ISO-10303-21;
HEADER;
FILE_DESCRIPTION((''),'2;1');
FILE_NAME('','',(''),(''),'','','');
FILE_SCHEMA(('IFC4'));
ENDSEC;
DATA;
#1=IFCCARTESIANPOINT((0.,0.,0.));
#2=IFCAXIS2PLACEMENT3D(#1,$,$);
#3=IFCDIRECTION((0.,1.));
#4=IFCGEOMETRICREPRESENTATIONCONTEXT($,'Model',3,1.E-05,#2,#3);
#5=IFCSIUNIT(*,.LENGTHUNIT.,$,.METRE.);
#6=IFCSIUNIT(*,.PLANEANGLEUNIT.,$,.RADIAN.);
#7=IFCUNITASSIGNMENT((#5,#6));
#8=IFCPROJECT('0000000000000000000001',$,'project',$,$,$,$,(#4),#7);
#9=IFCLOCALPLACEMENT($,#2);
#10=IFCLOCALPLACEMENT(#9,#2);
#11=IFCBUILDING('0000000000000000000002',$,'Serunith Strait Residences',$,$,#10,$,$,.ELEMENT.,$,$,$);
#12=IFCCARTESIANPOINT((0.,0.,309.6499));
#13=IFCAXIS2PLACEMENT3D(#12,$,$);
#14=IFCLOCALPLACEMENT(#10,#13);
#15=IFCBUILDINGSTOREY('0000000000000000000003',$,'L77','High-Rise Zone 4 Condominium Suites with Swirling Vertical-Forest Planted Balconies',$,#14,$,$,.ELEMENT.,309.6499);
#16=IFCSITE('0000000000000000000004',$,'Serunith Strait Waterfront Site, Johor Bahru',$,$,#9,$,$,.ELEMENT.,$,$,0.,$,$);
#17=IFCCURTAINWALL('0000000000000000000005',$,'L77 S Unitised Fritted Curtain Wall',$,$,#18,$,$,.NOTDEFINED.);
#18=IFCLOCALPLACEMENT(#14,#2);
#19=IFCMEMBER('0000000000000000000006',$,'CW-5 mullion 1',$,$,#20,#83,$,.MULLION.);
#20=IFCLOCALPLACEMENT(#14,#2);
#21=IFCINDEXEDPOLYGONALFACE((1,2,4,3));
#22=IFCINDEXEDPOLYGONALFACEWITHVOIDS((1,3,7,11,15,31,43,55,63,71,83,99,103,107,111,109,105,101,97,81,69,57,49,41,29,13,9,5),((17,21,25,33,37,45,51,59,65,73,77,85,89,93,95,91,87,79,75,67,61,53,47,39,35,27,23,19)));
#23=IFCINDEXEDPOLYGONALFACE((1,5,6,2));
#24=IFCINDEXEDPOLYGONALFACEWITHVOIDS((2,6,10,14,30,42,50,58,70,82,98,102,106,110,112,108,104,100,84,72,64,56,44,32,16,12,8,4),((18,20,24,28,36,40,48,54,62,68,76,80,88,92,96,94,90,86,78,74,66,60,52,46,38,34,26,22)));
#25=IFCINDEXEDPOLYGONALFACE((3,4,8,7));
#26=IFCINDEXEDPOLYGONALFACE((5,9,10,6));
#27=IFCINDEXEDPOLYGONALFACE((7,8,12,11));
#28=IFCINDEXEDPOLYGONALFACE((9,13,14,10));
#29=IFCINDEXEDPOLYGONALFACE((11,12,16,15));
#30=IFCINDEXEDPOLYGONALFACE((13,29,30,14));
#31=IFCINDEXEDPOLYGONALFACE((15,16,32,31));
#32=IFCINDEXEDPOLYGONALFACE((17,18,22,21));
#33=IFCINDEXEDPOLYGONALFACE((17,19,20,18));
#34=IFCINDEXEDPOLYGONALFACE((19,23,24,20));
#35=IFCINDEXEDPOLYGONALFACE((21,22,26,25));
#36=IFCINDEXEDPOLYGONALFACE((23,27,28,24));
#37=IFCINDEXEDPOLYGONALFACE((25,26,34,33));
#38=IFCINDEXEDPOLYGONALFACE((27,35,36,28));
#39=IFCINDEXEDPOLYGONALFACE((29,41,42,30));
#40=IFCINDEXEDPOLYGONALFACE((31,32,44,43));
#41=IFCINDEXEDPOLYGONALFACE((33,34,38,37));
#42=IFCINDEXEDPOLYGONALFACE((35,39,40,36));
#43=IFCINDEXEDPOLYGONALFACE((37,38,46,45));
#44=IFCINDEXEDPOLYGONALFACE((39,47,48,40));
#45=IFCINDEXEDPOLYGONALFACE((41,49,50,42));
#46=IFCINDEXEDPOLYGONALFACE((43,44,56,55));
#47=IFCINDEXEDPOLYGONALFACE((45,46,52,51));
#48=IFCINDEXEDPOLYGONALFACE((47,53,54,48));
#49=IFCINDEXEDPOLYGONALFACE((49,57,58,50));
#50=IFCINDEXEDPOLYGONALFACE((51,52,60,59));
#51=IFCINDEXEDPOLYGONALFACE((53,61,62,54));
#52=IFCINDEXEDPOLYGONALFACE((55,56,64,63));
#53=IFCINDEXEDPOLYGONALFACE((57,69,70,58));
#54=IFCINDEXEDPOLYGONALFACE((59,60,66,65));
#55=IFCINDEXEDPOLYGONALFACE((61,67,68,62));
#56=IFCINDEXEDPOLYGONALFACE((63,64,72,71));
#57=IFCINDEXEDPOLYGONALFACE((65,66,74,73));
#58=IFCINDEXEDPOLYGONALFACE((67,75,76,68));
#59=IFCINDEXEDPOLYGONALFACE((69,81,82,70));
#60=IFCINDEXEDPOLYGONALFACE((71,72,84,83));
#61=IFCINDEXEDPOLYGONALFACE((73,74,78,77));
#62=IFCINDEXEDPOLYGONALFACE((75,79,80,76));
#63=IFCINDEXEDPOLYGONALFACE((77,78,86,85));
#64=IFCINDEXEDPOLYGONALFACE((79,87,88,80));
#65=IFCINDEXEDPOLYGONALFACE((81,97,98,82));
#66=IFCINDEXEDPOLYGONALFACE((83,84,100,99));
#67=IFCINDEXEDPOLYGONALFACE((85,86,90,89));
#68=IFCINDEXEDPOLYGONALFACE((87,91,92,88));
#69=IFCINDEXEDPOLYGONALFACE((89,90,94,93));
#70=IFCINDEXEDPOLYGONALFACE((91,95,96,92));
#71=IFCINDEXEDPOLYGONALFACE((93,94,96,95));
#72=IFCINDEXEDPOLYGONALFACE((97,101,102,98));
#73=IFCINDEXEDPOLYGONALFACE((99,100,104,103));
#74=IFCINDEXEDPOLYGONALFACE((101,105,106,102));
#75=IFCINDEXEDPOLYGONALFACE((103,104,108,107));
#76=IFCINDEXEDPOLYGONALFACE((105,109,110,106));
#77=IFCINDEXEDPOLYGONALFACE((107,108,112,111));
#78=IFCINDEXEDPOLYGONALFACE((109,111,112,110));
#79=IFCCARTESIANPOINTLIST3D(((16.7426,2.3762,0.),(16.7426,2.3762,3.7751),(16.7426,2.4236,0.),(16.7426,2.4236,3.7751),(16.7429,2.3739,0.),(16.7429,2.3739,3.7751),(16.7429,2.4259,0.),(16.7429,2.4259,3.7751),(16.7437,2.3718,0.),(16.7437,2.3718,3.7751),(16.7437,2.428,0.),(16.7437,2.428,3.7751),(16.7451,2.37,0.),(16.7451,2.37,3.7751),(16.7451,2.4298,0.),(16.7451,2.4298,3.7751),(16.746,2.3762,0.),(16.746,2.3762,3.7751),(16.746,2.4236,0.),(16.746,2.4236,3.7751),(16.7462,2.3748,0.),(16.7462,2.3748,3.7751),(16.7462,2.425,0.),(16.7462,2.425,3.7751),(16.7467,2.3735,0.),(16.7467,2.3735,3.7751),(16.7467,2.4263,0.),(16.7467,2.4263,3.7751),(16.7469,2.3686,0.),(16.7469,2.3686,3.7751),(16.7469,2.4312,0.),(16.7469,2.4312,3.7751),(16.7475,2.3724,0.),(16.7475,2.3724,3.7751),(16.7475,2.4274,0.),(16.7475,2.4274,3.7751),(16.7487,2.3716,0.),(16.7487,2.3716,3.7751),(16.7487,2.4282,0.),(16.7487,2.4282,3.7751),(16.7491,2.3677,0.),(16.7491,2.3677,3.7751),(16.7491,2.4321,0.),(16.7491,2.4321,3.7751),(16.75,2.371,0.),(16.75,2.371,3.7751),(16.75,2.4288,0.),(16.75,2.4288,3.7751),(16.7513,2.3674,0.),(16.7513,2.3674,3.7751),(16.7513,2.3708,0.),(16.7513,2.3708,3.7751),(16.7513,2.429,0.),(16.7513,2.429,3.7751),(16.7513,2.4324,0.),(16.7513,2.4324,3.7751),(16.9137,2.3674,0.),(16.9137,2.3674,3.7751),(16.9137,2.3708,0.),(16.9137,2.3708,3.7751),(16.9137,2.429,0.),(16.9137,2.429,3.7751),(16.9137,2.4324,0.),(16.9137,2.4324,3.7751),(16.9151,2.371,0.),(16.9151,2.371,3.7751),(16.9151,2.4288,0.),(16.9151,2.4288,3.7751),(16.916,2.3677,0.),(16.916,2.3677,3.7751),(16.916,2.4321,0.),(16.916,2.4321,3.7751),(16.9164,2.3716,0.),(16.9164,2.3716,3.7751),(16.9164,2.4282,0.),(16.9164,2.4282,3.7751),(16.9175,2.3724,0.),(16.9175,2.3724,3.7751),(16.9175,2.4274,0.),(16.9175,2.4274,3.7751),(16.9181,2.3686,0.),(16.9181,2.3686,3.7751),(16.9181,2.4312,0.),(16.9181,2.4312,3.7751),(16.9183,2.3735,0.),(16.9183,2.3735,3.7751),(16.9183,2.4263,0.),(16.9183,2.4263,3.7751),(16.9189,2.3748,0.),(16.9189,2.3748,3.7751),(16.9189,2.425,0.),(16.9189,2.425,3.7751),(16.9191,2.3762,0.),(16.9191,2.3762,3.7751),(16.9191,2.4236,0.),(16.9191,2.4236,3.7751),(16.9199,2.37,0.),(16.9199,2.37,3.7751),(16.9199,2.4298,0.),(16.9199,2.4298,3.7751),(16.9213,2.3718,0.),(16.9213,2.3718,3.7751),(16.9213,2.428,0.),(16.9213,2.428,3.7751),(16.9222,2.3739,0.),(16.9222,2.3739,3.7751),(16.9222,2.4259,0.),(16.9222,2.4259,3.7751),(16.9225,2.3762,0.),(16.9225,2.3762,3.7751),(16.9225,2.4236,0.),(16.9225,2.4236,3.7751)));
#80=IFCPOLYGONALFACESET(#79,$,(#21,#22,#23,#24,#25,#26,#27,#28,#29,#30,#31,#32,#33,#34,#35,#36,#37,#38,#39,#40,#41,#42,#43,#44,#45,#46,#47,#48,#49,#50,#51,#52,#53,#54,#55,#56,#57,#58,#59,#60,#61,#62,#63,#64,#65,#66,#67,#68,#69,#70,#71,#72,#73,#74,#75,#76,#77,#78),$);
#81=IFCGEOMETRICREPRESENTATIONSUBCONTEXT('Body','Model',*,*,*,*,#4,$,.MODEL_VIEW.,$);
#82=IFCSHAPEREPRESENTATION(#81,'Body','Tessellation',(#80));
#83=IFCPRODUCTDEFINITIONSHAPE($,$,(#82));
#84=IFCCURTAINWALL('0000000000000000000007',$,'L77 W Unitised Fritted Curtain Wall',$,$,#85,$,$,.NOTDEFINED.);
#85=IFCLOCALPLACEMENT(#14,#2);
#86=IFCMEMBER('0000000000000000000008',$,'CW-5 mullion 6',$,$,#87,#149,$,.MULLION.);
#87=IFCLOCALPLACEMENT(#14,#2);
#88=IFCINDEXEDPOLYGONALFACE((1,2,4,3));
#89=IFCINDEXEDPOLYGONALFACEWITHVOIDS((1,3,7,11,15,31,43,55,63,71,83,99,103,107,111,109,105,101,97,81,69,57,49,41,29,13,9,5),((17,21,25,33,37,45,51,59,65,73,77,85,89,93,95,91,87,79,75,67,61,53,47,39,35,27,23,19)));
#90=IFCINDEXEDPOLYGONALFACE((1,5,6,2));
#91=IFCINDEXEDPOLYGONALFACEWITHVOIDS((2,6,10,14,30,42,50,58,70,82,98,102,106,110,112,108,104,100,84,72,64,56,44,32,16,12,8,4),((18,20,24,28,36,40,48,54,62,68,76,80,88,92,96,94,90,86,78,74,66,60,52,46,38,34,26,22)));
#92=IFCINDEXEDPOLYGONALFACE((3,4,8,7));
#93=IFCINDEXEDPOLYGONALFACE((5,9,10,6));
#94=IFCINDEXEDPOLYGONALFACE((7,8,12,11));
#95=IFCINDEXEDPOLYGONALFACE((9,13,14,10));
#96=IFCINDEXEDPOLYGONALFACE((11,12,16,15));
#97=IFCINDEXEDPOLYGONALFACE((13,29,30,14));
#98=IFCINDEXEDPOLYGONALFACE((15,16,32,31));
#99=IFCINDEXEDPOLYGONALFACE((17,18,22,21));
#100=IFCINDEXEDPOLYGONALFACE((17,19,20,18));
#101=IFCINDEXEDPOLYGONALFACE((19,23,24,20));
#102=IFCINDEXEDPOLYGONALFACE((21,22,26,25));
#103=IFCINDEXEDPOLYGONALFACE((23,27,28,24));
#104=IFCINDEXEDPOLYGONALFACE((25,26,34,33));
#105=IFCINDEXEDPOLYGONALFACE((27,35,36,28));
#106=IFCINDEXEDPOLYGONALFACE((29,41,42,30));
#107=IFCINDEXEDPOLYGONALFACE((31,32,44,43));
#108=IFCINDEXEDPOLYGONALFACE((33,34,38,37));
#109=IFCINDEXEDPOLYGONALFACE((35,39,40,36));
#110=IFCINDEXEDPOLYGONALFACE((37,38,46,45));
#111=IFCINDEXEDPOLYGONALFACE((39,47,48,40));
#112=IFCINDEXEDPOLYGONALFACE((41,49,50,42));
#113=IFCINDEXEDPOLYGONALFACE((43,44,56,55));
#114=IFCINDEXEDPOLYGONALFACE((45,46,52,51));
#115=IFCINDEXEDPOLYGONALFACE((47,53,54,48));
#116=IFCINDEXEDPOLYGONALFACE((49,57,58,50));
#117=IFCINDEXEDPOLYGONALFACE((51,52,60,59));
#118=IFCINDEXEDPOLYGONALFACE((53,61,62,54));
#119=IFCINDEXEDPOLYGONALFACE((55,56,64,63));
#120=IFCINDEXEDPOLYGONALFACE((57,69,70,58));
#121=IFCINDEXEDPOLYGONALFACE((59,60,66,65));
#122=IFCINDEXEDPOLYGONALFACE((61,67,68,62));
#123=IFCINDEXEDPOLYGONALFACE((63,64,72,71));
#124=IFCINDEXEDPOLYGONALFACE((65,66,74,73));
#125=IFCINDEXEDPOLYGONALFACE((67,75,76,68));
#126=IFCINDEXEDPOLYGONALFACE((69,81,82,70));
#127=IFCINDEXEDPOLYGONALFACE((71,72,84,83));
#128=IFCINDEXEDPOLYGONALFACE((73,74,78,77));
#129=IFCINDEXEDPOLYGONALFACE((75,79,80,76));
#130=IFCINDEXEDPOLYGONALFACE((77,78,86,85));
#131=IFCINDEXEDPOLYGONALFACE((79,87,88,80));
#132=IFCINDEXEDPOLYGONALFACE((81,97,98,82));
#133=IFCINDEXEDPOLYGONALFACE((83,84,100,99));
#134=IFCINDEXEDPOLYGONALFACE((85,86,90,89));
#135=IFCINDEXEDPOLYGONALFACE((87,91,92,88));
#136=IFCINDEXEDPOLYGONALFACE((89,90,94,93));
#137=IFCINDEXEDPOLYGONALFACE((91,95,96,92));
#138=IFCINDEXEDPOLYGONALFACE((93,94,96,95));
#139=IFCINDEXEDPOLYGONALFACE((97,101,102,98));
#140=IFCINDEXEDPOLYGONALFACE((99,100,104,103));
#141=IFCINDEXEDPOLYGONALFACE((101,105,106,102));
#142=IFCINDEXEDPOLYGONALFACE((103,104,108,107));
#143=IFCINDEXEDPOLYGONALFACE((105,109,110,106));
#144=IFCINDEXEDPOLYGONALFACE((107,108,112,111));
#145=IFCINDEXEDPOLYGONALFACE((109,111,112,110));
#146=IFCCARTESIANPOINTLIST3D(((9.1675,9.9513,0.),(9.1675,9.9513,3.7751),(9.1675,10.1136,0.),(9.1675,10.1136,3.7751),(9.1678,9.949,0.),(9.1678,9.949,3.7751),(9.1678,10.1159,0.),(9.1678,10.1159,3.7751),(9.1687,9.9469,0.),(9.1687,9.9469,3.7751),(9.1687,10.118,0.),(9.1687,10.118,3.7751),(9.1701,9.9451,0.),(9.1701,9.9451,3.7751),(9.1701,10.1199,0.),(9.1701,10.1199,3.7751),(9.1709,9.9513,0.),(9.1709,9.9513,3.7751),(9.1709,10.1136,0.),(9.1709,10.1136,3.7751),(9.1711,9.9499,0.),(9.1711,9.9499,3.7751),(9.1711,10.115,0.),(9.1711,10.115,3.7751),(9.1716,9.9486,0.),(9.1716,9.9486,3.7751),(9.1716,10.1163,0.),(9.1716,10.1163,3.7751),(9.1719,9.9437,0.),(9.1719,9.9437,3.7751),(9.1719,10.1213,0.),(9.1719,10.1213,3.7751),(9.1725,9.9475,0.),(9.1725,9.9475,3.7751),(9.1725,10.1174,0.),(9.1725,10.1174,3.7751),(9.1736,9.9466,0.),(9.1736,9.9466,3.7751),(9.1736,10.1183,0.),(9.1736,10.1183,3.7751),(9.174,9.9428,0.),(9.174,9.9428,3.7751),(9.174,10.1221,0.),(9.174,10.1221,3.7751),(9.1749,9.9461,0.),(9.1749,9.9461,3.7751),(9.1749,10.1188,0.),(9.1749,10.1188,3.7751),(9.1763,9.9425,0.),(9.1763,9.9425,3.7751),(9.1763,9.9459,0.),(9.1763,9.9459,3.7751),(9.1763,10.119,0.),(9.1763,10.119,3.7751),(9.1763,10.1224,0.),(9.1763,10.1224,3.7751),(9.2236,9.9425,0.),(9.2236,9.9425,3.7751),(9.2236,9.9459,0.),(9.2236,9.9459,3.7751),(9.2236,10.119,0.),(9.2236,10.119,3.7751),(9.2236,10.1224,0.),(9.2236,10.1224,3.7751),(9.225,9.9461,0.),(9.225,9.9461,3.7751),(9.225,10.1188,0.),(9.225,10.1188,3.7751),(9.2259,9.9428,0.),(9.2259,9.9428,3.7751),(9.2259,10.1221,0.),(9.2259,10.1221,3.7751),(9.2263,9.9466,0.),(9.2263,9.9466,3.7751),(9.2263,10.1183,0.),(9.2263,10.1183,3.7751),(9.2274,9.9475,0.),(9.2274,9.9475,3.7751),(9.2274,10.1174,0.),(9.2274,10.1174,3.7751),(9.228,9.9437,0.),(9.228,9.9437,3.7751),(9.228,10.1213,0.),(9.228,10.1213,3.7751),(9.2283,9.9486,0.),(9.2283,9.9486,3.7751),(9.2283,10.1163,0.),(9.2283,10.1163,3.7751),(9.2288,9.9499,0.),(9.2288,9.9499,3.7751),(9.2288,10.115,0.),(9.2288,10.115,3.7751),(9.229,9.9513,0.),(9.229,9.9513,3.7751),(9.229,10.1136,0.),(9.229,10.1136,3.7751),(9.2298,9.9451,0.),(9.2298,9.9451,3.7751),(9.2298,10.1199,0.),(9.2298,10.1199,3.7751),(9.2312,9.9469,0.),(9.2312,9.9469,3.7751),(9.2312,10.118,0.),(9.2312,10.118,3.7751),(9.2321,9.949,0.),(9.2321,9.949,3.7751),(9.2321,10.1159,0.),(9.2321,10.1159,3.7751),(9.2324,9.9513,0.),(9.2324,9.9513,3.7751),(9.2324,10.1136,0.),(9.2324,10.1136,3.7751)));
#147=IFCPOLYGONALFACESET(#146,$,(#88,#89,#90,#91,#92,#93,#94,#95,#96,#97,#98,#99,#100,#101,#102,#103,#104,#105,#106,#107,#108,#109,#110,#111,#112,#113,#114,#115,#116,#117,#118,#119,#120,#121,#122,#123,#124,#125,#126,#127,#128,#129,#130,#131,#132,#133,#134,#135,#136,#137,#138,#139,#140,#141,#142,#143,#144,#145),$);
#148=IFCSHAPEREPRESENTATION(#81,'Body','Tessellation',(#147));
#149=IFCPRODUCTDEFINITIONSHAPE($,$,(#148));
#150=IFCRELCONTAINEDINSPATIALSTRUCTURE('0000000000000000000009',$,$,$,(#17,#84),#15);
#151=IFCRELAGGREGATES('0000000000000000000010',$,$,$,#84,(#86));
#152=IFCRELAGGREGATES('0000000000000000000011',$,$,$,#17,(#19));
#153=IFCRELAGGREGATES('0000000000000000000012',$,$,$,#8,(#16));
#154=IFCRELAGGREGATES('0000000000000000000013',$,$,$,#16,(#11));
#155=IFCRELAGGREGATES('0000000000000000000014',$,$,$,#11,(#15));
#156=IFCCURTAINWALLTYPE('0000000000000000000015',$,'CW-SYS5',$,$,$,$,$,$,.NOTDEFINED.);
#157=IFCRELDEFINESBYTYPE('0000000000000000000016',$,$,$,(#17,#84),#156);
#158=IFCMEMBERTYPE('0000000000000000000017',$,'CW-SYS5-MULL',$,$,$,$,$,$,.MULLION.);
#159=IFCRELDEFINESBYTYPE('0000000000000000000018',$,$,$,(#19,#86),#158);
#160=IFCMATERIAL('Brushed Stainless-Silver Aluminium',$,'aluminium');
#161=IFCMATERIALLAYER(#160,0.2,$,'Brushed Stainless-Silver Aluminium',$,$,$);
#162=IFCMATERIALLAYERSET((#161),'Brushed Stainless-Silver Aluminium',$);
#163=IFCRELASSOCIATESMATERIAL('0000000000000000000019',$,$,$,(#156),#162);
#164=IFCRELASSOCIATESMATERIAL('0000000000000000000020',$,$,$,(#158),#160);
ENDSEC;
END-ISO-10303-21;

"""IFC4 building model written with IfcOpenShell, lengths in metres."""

from ifc_helpers import new_model, si_unit, direction, frame, origin, origin_2d, place, context, subcontext, project, spatial, hollow_rectangle, extrude, source, transform, mapped, material, layer, layer_set, material_profile, profile_set, type_object, element, aggregate, save


model = new_model("IFC4")

# Units and contexts
model_context = context("Model", 3, precision=1e-05, world=origin(), true_north=direction((0.0, 1.0)))
body_context = subcontext(model_context, "Body", "Model", "MODEL_VIEW")
ifc_project = project(units=[si_unit("LENGTHUNIT", "METRE"), si_unit("PLANEANGLEUNIT", "RADIAN")], contexts=[model_context])

# Site, building, storey
site_placement = place(None, origin())
site = spatial("IfcSite", under=ifc_project, at=site_placement, Name="Serunith Strait Waterfront Site, Johor Bahru", CompositionType="ELEMENT", RefElevation=0.0)
building_placement = place(site_placement, origin())
building = spatial("IfcBuilding", under=site, at=building_placement, Name="Serunith Strait Residences", CompositionType="ELEMENT")
storey_placement = place(building_placement, frame((0.0, 0.0, 309.6499)))
storey = spatial("IfcBuildingStorey", under=building, at=storey_placement, Name="L77", Description="High-Rise Zone 4 Condominium Suites with Swirling Vertical-Forest Planted Balconies", CompositionType="ELEMENT", Elevation=309.6499)

# Curtain walls, members
ifc_material_1 = material(Name="Brushed Stainless-Silver Aluminium", Category="aluminium")
ifc_layer_1 = layer(ifc_material_1, 0.2, Name="Brushed Stainless-Silver Aluminium")
ifc_layer_set_1 = layer_set([ifc_layer_1], Name="Brushed Stainless-Silver Aluminium")
curtain_wall_type = type_object("IfcCurtainWallType", Name="CW-SYS5", PredefinedType="NOTDEFINED", material=ifc_layer_set_1)
curtain_wall_1_placement = place(storey_placement, origin())
curtain_wall_1 = element("IfcCurtainWall", 1, at=curtain_wall_1_placement, inside=storey, type_object=curtain_wall_type, Name="L77 S Unitised Fritted Curtain Wall", PredefinedType="NOTDEFINED")
ifc_material_profile_1 = material_profile(ifc_material_1, hollow_rectangle(XDim=0.0649, YDim=0.1799, WallThickness=0.0034, InnerFilletRadius=0.0054, OuterFilletRadius=0.0088, at=origin_2d()), Name="ALU 180x65x3.5")
ifc_profile_set_1 = profile_set([ifc_material_profile_1], Name="Brushed Stainless-Silver Aluminium")
member_type_1 = type_object("IfcMemberType", Name="CW-SYS5-MULL", PredefinedType="MULLION", material=ifc_profile_set_1)
shared_shape_1 = source(origin(), body_context, "Body", "SweptSolid", [
    extrude(hollow_rectangle(XDim=0.0649, YDim=0.1799, WallThickness=0.0034, InnerFilletRadius=0.0054, OuterFilletRadius=0.0088, at=origin_2d()), origin(), (0.0, 0.0, 1.0), 3.7751),
])
member_1_placement = place(storey_placement, frame((16.8325, 2.3999, 0.0), z_axis=(0.0, 0.0, 1.0), x_axis=(0.0, 1.0, 0.0)))
member_1 = element("IfcMember", 2, at=member_1_placement, type_object=member_type_1, Name="CW-5 mullion 1", PredefinedType="MULLION", context=body_context, shape_type="MappedRepresentation", body=[
    mapped(shared_shape_1, transform((0.0, 0.0, 0.0), scale=1.0)),
])
curtain_wall_2_placement = place(storey_placement, origin())
curtain_wall_2 = element("IfcCurtainWall", 3, at=curtain_wall_2_placement, inside=storey, type_object=curtain_wall_type, Name="L77 W Unitised Fritted Curtain Wall", PredefinedType="NOTDEFINED")
member_2_placement = place(storey_placement, frame((9.2, 10.0325, 0.0), z_axis=(0.0, 0.0, 1.0), x_axis=(1.0, 0.0, 0.0)))
member_2 = element("IfcMember", 4, at=member_2_placement, type_object=member_type_1, Name="CW-5 mullion 6", PredefinedType="MULLION", context=body_context, shape_type="MappedRepresentation", body=[
    mapped(shared_shape_1, transform((0.0, 0.0, 0.0), scale=1.0)),
])
aggregate(curtain_wall_2, [member_2])

aggregate(curtain_wall_1, [member_1])

save(model, "model.ifc")
